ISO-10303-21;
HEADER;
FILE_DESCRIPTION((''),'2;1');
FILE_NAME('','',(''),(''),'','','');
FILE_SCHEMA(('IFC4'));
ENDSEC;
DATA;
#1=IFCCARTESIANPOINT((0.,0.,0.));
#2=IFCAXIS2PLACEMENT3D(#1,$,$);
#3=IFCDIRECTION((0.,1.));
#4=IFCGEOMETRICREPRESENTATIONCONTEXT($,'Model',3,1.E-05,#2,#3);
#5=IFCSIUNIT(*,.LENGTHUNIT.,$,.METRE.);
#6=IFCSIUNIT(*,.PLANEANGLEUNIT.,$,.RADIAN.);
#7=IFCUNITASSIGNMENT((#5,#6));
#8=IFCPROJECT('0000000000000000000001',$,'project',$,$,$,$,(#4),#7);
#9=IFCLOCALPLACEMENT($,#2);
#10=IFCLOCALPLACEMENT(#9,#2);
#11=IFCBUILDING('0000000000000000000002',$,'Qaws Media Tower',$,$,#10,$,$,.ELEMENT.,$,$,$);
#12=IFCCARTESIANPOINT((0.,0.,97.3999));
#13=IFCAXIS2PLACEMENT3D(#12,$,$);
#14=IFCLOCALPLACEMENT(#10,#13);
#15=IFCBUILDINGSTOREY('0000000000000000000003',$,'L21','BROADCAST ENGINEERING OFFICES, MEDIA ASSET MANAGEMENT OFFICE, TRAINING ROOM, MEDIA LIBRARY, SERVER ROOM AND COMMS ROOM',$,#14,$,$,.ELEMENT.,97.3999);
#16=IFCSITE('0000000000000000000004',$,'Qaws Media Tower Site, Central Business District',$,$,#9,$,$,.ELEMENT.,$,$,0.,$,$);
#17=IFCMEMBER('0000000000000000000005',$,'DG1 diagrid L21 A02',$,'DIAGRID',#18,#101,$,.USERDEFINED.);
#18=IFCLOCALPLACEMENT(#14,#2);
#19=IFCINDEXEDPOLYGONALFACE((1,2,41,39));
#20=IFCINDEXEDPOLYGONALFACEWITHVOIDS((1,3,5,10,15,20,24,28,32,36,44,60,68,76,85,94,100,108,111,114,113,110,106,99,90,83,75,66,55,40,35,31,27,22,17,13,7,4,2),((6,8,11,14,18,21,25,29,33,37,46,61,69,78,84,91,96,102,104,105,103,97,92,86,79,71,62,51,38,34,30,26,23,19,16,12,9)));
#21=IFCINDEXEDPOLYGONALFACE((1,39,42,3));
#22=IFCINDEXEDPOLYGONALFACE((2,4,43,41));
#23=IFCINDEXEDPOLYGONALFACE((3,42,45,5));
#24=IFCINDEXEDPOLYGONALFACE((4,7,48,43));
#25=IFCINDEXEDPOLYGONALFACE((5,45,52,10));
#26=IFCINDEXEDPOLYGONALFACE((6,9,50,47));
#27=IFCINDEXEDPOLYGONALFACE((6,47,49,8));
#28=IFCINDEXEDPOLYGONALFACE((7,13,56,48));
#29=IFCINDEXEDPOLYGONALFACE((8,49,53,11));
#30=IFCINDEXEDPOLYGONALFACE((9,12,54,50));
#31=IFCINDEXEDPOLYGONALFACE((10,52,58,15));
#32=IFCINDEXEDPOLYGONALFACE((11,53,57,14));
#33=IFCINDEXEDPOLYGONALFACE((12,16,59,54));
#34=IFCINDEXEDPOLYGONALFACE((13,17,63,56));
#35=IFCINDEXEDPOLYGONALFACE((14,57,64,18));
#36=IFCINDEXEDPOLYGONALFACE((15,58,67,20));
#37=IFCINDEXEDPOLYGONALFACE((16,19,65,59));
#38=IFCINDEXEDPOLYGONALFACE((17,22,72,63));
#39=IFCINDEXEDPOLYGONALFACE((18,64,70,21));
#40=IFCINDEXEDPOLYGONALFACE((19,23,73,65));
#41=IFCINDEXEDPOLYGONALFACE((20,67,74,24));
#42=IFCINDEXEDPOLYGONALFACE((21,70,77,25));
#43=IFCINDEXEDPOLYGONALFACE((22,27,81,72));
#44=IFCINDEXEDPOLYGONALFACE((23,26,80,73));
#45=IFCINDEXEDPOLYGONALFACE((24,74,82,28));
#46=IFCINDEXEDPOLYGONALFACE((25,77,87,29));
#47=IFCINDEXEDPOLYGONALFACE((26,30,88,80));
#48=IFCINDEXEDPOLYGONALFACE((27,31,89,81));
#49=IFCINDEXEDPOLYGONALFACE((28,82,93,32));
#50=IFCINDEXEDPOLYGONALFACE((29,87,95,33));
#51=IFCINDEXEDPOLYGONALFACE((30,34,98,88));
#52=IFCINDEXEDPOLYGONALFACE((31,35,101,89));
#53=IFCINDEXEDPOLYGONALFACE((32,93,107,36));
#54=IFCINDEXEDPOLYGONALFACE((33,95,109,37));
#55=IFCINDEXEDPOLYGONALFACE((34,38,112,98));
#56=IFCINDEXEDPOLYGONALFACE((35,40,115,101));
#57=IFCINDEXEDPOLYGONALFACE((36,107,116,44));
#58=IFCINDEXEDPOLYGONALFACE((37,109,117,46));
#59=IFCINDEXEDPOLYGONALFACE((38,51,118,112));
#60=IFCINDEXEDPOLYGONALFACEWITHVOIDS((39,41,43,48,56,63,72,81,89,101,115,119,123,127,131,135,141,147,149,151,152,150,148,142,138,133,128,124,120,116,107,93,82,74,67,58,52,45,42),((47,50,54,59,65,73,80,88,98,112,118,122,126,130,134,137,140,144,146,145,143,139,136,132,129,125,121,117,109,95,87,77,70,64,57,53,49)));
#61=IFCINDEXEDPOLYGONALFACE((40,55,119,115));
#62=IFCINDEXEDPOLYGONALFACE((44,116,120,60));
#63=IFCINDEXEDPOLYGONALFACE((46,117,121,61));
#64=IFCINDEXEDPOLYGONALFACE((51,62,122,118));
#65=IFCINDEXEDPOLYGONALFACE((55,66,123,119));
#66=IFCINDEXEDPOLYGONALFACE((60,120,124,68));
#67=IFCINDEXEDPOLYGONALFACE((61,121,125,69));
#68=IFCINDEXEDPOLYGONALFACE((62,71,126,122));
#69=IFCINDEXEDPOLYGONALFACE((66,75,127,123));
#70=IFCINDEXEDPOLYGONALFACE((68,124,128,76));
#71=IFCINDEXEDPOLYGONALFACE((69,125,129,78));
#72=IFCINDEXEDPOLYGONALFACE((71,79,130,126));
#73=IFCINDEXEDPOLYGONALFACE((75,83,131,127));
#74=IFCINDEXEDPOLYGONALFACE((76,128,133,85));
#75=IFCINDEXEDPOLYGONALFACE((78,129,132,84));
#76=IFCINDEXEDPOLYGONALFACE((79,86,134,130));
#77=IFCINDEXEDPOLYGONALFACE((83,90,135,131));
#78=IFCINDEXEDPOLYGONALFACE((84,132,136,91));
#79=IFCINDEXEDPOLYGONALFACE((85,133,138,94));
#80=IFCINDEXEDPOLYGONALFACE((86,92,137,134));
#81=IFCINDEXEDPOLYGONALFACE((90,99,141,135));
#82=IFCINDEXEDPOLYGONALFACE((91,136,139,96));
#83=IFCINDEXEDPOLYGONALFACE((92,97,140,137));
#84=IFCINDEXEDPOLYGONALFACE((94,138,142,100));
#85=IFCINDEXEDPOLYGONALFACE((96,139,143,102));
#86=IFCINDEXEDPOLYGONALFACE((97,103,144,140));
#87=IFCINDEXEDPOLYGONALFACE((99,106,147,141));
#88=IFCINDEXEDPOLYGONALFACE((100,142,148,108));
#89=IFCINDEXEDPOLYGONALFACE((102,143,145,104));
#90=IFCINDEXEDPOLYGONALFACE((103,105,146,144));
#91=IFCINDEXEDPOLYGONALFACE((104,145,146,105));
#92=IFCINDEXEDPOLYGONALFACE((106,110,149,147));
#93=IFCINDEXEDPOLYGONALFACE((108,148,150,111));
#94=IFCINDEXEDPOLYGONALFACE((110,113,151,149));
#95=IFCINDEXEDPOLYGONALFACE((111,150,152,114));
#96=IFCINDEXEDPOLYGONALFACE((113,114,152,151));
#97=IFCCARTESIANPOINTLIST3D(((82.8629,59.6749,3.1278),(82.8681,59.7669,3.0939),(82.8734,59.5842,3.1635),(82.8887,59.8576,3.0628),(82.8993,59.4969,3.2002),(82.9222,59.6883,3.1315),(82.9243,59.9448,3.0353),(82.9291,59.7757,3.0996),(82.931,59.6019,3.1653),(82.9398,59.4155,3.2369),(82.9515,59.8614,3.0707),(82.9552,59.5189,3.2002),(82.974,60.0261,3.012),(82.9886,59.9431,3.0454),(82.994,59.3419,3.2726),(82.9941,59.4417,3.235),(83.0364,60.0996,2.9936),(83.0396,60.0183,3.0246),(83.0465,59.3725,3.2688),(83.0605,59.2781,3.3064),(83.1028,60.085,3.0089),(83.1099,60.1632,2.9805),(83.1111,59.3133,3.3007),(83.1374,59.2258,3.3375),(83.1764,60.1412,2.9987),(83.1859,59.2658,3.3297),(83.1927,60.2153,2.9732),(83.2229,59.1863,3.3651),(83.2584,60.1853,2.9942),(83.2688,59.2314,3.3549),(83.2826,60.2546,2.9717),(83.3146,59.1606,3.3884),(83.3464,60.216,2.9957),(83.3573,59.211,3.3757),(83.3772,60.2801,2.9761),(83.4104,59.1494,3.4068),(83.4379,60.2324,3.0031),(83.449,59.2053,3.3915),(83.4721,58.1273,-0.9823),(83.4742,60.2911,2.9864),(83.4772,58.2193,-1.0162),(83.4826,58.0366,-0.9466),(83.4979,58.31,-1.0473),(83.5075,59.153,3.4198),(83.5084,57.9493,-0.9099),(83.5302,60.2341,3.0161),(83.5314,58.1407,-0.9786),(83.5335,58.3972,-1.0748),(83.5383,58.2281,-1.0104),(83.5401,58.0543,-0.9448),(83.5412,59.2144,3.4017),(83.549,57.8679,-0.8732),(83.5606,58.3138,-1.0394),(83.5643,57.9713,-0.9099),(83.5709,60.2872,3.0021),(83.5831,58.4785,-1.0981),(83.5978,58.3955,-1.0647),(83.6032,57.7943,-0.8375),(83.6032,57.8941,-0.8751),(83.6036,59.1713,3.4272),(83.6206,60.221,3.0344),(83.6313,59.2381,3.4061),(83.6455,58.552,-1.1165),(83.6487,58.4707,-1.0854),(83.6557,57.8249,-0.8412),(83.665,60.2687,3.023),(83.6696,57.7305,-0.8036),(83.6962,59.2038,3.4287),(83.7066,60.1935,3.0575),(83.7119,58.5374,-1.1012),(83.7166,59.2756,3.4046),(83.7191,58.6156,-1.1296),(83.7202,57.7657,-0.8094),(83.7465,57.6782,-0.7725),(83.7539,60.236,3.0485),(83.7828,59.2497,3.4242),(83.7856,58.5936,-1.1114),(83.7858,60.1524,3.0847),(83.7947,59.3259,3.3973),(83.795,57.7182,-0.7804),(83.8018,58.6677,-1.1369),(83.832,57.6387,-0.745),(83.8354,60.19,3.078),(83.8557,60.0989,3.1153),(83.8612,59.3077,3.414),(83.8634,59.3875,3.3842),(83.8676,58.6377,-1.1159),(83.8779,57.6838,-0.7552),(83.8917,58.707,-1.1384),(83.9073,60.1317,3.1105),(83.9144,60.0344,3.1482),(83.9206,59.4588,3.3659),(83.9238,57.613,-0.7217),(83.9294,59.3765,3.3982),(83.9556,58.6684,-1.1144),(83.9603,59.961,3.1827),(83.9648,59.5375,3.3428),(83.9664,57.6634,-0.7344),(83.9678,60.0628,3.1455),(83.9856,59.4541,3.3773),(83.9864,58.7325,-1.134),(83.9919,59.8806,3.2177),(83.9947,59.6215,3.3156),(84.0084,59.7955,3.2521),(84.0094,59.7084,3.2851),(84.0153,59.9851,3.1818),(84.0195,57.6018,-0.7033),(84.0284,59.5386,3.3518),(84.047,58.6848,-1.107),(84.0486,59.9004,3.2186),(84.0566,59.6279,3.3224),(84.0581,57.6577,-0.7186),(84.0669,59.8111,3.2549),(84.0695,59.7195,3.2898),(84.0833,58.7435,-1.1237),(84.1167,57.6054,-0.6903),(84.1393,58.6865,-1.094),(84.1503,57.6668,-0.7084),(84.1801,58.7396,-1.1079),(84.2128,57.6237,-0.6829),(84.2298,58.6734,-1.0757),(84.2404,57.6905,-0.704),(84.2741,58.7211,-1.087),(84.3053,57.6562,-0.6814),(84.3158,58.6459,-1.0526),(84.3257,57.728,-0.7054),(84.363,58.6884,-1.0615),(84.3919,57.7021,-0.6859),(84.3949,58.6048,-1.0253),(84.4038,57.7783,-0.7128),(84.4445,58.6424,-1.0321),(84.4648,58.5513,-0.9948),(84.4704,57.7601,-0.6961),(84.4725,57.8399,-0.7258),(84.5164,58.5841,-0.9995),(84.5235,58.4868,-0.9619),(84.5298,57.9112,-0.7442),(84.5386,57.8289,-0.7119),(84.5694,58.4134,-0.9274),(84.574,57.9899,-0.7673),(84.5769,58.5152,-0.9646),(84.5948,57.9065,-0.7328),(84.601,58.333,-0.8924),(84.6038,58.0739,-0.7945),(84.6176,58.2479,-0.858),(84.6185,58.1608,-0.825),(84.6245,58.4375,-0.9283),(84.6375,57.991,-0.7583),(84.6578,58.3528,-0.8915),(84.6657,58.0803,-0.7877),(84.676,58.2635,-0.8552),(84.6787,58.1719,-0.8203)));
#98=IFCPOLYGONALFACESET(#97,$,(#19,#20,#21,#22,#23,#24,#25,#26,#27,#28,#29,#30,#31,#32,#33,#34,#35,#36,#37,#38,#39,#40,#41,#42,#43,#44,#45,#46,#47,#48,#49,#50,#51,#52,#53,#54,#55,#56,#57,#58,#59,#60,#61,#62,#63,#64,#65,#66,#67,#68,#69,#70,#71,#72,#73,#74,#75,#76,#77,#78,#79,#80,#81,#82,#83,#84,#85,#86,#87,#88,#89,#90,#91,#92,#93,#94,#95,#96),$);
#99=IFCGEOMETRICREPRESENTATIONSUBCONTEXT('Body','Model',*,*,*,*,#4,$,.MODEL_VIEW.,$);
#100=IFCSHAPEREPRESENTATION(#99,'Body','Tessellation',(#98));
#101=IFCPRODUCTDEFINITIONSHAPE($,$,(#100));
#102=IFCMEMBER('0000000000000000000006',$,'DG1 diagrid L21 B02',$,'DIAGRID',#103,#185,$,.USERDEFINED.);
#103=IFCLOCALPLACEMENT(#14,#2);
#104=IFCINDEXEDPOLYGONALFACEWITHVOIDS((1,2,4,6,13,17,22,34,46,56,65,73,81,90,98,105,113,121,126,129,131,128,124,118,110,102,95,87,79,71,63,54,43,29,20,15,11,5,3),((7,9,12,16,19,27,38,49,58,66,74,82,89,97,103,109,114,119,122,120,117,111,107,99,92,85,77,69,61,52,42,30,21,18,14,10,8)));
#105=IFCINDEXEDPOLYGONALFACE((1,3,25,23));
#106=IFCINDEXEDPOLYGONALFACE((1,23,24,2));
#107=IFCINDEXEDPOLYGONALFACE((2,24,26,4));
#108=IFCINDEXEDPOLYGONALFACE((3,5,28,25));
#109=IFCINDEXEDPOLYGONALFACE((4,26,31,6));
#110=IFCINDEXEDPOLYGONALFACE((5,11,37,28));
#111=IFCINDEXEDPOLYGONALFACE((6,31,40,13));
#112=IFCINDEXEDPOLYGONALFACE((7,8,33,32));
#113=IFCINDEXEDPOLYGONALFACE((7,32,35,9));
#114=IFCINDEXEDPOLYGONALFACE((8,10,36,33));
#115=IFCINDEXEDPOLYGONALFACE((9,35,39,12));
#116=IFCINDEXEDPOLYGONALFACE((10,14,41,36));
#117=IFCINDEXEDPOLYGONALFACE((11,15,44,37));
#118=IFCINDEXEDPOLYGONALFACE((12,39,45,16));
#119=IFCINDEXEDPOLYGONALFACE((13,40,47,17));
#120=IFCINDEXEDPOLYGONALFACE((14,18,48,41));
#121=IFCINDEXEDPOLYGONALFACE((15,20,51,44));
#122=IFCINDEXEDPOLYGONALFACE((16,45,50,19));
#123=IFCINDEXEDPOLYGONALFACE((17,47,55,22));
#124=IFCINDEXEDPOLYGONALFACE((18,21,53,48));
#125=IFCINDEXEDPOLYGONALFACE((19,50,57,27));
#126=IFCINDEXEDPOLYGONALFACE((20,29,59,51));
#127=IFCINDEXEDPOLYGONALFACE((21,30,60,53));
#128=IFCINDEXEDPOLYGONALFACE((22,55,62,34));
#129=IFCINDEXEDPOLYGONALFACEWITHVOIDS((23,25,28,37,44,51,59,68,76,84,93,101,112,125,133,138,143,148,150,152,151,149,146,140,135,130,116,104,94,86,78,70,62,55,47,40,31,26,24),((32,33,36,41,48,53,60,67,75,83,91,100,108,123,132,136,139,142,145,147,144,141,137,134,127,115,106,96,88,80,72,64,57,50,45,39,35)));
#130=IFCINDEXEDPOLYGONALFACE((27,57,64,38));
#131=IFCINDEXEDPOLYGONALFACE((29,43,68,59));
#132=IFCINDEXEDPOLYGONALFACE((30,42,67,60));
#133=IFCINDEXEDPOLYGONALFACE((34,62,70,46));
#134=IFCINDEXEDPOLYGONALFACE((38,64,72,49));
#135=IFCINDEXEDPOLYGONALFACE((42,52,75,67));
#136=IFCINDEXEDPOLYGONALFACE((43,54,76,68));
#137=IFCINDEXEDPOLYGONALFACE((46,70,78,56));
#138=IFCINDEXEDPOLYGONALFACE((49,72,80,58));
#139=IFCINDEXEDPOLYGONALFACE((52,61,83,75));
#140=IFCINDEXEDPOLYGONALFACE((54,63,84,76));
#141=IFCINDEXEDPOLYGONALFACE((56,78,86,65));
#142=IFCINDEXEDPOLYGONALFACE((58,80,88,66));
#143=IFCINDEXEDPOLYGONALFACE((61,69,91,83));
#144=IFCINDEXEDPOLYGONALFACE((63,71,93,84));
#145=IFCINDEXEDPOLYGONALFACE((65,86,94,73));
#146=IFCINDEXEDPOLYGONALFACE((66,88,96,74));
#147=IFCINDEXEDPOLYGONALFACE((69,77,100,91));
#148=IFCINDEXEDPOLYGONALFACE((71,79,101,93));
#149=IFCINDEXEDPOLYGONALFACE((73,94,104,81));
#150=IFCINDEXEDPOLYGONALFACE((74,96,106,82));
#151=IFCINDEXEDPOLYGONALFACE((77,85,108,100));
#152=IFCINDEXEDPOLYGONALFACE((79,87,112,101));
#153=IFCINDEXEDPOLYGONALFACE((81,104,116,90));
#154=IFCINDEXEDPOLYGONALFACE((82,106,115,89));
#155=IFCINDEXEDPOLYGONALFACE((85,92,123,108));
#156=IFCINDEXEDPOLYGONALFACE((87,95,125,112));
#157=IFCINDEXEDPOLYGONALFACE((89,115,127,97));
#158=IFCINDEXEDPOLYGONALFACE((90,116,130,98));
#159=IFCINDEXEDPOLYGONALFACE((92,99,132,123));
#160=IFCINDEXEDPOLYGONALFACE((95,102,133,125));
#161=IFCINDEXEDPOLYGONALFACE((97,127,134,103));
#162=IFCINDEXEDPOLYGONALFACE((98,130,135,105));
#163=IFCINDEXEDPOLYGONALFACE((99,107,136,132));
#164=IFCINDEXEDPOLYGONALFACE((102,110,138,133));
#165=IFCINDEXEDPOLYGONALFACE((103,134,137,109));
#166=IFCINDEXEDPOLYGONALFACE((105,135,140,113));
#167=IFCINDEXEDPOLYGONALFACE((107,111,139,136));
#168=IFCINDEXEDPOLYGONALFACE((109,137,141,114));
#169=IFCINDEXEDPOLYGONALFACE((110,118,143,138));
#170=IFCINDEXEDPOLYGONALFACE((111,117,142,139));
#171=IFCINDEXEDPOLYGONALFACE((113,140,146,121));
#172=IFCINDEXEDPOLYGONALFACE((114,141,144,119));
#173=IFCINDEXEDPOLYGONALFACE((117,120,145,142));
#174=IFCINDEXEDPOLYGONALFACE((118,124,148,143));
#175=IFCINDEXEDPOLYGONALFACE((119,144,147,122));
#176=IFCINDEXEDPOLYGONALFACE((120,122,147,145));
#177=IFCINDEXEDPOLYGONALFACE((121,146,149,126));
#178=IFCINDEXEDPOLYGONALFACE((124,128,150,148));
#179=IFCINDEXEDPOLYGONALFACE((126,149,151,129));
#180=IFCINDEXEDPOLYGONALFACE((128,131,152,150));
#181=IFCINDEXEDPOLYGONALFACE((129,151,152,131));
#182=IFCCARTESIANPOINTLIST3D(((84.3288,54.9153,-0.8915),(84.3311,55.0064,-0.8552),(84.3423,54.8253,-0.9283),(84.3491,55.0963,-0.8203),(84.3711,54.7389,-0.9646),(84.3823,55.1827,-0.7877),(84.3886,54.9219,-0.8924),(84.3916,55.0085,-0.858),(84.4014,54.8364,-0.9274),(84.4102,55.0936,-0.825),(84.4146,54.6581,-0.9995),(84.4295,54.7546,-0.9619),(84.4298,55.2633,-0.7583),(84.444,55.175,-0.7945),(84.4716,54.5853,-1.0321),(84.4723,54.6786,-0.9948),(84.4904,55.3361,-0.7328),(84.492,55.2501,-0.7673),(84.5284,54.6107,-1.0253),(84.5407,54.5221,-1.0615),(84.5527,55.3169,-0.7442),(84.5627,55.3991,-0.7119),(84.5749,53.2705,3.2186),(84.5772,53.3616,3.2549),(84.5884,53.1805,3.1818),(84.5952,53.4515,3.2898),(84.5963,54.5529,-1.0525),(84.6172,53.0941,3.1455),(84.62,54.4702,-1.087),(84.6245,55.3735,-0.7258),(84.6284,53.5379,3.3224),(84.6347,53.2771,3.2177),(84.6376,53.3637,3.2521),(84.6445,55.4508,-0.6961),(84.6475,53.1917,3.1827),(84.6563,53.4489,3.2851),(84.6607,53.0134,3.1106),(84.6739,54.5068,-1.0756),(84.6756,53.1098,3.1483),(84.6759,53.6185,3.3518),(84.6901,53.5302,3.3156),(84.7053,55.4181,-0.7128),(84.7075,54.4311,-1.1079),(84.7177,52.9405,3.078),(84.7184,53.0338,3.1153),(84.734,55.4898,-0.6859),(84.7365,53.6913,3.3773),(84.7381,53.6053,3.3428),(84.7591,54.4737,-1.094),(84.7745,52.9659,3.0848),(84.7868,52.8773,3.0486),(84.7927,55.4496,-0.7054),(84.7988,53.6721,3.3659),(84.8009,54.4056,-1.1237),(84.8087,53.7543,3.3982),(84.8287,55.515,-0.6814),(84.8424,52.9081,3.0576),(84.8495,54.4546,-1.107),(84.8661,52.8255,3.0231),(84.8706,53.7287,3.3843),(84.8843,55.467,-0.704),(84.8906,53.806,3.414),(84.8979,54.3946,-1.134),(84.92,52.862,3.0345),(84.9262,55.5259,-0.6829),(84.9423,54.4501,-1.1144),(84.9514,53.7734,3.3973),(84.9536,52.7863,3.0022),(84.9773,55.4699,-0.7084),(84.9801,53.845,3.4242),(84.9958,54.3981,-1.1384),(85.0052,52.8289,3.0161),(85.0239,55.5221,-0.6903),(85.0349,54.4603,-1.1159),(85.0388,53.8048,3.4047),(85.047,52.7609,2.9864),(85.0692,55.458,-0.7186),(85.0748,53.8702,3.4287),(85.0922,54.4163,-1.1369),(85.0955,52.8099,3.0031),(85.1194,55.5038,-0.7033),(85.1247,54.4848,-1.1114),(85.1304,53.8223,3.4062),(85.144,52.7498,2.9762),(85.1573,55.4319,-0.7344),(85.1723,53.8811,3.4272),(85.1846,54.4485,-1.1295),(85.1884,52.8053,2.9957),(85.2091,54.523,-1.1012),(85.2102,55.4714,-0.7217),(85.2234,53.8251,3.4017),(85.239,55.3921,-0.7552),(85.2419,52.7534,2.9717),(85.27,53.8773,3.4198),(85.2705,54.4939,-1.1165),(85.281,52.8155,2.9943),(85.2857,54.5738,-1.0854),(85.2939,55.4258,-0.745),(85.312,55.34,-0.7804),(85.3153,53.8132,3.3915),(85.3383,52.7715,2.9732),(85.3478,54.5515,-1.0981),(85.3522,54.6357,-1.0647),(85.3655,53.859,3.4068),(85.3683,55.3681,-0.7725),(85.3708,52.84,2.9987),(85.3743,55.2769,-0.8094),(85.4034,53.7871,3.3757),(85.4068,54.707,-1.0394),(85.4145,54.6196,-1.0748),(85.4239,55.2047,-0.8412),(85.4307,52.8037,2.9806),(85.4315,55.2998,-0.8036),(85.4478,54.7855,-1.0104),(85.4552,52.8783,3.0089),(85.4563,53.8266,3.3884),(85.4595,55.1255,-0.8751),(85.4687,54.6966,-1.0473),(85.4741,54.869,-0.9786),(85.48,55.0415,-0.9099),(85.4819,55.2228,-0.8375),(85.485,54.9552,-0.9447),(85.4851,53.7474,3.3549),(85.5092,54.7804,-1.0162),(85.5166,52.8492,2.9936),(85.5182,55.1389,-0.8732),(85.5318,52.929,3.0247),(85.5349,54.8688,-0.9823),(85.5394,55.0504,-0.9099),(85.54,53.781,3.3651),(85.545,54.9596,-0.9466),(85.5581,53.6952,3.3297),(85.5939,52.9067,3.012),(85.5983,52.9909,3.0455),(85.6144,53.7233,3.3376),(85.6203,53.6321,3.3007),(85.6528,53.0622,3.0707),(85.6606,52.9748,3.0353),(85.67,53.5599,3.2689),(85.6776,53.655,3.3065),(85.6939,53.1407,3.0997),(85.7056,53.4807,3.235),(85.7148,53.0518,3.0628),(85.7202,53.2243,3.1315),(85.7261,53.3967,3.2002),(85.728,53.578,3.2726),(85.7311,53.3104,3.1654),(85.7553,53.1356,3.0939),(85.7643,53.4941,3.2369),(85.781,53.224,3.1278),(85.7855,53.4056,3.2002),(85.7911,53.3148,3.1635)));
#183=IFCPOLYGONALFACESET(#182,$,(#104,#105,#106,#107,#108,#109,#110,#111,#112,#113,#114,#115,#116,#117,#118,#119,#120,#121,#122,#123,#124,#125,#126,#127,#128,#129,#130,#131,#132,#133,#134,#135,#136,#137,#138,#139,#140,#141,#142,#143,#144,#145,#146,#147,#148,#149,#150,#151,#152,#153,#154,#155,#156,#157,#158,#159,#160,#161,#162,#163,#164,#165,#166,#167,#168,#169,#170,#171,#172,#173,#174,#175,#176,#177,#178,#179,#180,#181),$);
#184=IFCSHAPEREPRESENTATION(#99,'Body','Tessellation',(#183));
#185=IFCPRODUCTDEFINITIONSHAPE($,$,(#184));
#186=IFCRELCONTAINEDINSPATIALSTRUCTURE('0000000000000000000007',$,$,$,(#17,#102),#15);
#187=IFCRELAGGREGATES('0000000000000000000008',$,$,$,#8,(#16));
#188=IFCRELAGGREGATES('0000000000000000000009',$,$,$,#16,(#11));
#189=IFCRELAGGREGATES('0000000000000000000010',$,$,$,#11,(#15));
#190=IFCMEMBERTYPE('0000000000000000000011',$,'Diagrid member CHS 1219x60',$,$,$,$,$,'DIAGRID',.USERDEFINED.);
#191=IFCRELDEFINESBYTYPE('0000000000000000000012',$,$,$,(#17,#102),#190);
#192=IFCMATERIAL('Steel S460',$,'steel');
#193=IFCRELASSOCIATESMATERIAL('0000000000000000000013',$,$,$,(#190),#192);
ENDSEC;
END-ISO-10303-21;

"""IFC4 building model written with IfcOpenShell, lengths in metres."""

from ifc_helpers import new_model, si_unit, direction, frame, origin, origin_2d, place, context, subcontext, project, spatial, hollow_circle, extrude, material, material_profile, profile_set, type_object, element, save


model = new_model("IFC4")

# Units and contexts
model_context = context("Model", 3, precision=1e-05, world=origin(), true_north=direction((0.0, 1.0)))
body_context = subcontext(model_context, "Body", "Model", "MODEL_VIEW")
ifc_project = project(units=[si_unit("LENGTHUNIT", "METRE"), si_unit("PLANEANGLEUNIT", "RADIAN")], contexts=[model_context])

# Site, building, storey
site_placement = place(None, origin())
site = spatial("IfcSite", under=ifc_project, at=site_placement, Name="Qaws Media Tower Site, Central Business District", CompositionType="ELEMENT", RefElevation=0.0)
building_placement = place(site_placement, origin())
building = spatial("IfcBuilding", under=site, at=building_placement, Name="Qaws Media Tower", CompositionType="ELEMENT")
storey_placement = place(building_placement, frame((0.0, 0.0, 97.3999)))
storey = spatial("IfcBuildingStorey", under=building, at=storey_placement, Name="L21", Description="BROADCAST ENGINEERING OFFICES, MEDIA ASSET MANAGEMENT OFFICE, TRAINING ROOM, MEDIA LIBRARY, SERVER ROOM AND COMMS ROOM", CompositionType="ELEMENT", Elevation=97.3999)

# Members
ifc_material_1 = material(Name="Steel S460", Category="steel")
ifc_material_profile_1 = material_profile(ifc_material_1, hollow_circle(Radius=0.6096, WallThickness=0.0601, at=origin_2d()), Name="CHS 1219x60")
ifc_profile_set_1 = profile_set([ifc_material_profile_1], Name="Steel S460")
member_type_1 = type_object("IfcMemberType", Name="Diagrid member CHS 1219x60", ElementType="DIAGRID", PredefinedType="USERDEFINED", material=ifc_profile_set_1)
for number, where, z_axis, x_axis, name in (
    (1, (84.0757, 58.1726, -0.9099), (-0.137382, 0.349043, 0.926982), (-0.930518, -0.366247, 0.0), "DG1 diagrid L21 A02"),
    (2, (84.9365, 54.9602, -0.9099), (0.055504, -0.370961, 0.926988), (0.988991, 0.147974, 0.0), "DG1 diagrid L21 B02"),
):
    element("IfcMember", number, at=place(storey_placement, frame(where, z_axis=z_axis, x_axis=x_axis)), inside=storey, type_object=member_type_1, Name=name, ObjectType="DIAGRID", PredefinedType="USERDEFINED", context=body_context, shape_type="SweptSolid", body=[
        extrude(hollow_circle(Radius=0.6096, WallThickness=0.0601, at=origin_2d()), origin(), (0.0, 0.0, 1.0), 4.4338),
    ])

save(model, "model.ifc")
